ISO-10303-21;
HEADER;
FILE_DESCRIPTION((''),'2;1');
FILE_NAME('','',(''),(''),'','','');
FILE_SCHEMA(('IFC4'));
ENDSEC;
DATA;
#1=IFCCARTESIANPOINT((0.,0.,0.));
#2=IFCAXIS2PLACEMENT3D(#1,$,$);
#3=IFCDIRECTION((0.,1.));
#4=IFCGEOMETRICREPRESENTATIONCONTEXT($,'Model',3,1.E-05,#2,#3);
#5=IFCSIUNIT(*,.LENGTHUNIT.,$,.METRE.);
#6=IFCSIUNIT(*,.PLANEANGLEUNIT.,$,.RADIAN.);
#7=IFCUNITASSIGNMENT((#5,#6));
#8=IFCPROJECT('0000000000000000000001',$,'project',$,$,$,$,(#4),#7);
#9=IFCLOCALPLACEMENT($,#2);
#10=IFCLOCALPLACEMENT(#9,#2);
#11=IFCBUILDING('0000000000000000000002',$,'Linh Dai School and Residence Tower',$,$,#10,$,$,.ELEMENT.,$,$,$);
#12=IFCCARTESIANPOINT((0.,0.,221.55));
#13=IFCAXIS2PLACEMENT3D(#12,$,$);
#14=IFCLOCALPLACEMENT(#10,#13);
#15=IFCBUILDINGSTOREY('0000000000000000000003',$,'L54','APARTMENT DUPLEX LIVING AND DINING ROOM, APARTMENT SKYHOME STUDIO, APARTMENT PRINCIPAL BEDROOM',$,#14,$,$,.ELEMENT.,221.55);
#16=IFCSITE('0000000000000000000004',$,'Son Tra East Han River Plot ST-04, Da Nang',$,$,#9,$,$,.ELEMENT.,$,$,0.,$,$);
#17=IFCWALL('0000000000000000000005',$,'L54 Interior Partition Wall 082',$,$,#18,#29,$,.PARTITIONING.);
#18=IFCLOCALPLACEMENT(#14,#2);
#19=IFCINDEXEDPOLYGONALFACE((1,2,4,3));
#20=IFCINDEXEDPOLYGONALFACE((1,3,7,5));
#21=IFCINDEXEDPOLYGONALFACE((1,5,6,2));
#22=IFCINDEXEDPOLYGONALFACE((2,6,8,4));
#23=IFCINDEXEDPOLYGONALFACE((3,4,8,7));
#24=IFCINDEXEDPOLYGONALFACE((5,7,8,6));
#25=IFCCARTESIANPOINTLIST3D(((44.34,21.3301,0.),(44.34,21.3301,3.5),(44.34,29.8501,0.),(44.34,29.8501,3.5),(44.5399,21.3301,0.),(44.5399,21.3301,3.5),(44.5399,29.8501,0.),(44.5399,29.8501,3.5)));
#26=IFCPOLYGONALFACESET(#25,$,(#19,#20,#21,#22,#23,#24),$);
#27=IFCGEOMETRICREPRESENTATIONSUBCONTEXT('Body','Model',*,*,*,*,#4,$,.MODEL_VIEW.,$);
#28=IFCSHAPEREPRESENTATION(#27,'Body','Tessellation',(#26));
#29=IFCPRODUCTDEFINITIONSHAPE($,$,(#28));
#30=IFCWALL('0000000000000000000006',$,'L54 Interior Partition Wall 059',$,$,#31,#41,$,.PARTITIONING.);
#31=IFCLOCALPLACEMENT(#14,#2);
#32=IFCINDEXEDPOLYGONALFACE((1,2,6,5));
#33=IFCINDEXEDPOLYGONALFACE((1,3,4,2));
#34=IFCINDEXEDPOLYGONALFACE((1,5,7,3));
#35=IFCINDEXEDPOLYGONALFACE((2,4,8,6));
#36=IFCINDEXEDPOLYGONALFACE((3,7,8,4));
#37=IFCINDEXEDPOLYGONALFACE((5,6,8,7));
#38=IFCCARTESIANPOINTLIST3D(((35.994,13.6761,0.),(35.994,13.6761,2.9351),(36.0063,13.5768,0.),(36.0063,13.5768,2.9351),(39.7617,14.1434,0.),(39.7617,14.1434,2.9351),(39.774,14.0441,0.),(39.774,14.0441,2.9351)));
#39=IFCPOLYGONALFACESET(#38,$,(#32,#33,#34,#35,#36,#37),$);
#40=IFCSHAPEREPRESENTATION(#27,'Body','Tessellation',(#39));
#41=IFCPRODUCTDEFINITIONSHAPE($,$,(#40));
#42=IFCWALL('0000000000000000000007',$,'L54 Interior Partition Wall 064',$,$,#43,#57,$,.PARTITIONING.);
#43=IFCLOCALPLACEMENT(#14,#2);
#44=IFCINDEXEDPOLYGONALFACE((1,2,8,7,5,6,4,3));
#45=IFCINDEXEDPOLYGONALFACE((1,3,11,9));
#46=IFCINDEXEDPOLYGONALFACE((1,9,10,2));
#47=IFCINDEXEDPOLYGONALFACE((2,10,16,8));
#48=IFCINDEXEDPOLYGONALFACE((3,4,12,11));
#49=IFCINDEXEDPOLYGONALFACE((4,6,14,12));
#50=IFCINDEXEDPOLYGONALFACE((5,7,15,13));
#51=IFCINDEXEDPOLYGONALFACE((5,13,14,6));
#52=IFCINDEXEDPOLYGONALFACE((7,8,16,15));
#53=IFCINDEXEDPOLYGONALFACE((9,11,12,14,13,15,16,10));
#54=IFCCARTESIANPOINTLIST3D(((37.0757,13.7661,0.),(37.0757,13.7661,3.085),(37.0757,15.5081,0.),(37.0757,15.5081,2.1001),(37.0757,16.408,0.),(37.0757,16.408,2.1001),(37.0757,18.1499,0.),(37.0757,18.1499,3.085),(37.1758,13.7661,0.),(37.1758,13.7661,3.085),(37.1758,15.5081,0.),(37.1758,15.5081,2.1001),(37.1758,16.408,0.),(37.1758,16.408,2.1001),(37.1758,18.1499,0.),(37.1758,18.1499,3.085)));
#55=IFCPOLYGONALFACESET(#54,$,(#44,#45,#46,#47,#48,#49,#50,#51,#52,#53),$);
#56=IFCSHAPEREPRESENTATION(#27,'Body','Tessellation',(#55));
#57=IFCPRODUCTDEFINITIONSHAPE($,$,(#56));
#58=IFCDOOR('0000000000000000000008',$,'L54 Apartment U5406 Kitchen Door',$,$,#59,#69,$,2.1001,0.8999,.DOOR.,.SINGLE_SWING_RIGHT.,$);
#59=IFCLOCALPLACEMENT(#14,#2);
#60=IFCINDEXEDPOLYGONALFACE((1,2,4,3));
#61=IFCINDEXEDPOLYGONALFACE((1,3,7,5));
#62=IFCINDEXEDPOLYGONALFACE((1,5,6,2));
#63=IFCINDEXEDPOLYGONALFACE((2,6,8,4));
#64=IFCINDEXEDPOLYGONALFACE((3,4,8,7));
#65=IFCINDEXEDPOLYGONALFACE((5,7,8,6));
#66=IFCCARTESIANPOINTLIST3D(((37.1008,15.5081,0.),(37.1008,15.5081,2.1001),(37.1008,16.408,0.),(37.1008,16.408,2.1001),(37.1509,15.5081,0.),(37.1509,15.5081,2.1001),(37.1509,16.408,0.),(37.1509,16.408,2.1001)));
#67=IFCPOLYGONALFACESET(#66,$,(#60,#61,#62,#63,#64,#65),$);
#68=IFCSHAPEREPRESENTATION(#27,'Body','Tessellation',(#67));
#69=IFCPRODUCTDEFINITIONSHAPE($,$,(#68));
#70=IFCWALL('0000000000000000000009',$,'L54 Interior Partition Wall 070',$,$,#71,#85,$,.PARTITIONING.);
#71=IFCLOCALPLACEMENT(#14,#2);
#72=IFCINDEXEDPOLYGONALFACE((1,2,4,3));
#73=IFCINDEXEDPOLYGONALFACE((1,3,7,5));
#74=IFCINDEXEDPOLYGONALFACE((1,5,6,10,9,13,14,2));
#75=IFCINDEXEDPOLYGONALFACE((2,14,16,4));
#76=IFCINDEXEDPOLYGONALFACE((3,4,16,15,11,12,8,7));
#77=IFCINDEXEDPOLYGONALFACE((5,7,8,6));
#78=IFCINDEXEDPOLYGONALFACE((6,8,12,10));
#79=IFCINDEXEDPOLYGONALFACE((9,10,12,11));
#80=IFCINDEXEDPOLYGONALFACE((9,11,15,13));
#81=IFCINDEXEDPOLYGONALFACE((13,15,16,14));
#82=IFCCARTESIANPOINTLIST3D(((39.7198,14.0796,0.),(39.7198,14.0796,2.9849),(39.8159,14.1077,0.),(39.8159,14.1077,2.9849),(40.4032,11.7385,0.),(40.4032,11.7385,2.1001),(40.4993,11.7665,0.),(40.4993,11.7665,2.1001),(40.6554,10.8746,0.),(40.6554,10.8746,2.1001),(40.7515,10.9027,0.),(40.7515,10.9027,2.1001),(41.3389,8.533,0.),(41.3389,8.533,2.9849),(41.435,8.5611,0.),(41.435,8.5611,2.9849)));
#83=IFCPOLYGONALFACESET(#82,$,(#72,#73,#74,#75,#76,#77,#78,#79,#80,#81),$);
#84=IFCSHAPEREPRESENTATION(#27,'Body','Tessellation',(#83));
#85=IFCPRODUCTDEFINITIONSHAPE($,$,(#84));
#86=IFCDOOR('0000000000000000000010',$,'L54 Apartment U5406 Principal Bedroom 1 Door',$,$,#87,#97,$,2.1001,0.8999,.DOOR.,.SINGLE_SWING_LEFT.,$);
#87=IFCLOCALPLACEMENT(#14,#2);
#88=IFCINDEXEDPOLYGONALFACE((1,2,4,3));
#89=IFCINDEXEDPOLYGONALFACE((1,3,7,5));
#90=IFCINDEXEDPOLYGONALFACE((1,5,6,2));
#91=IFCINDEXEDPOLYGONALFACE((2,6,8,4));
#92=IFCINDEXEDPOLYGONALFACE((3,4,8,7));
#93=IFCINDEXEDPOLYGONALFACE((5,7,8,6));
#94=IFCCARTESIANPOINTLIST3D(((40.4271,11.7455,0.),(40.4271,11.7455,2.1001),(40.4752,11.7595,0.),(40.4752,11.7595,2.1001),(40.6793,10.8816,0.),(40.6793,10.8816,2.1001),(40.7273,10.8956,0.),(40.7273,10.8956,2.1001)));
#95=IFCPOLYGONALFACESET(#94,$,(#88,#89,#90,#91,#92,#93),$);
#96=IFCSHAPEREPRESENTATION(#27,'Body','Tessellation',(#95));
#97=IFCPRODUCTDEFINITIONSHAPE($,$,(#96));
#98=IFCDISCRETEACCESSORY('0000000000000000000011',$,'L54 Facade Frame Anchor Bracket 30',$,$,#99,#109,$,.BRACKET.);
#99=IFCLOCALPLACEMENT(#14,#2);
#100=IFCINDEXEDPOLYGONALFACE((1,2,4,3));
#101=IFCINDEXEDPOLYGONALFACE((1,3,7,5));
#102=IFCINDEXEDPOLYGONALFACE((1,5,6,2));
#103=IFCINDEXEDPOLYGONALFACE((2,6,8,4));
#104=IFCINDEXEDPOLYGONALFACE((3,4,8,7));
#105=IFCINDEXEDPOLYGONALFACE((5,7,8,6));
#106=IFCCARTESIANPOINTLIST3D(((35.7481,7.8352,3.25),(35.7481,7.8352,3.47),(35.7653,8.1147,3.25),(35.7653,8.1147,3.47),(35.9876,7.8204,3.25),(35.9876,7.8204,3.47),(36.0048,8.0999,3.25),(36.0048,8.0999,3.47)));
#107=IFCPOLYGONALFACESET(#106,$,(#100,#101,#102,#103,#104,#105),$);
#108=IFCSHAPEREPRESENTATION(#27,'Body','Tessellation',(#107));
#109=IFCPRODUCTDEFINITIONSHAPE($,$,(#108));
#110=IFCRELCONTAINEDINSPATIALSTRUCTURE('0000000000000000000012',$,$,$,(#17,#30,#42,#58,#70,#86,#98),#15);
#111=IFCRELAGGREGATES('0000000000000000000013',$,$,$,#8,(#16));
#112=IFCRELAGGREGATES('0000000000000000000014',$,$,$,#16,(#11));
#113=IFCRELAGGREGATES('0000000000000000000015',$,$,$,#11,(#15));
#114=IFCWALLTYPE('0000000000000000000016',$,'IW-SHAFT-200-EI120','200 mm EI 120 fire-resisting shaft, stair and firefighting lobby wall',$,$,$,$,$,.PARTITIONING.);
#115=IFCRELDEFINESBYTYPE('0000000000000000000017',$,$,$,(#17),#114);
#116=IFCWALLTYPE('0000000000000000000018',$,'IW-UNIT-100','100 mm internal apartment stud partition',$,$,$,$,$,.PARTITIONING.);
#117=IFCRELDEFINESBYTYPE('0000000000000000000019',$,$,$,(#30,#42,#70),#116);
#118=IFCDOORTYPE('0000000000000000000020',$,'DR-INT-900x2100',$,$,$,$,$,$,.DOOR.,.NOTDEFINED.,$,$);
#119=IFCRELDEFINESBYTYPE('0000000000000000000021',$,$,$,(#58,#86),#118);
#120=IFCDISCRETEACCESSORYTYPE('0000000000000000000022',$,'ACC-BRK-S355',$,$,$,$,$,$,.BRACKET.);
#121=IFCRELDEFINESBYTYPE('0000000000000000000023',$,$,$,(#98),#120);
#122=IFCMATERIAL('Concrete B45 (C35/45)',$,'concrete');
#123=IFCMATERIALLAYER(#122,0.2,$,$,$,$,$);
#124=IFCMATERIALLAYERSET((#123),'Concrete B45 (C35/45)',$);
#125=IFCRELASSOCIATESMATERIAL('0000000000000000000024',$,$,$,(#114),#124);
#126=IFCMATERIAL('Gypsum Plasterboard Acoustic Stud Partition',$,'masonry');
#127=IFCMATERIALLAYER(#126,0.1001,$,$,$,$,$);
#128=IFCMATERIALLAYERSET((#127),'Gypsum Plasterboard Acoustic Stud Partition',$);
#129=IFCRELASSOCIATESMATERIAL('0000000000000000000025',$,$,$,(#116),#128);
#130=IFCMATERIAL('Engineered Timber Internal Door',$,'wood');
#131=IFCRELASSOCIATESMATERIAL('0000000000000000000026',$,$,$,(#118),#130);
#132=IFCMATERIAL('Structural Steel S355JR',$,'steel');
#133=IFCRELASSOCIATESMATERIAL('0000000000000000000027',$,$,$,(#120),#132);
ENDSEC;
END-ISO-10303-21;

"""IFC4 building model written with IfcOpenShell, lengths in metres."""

from ifc_helpers import new_model, si_unit, direction, frame, frame_2d, origin, origin_2d, place, context, subcontext, project, spatial, rectangle, extrude, source, transform, mapped, material, layer, layer_set, type_object, element, fill, save


model = new_model("IFC4")

# Units and contexts
model_context = context("Model", 3, precision=1e-05, world=origin(), true_north=direction((0.0, 1.0)))
body_context = subcontext(model_context, "Body", "Model", "MODEL_VIEW")
ifc_project = project(units=[si_unit("LENGTHUNIT", "METRE"), si_unit("PLANEANGLEUNIT", "RADIAN")], contexts=[model_context])

# Site, building, storey
site_placement = place(None, origin())
site = spatial("IfcSite", under=ifc_project, at=site_placement, Name="Son Tra East Han River Plot ST-04, Da Nang", CompositionType="ELEMENT", RefElevation=0.0)
building_placement = place(site_placement, origin())
building = spatial("IfcBuilding", under=site, at=building_placement, Name="Linh Dai School and Residence Tower", CompositionType="ELEMENT")
storey_placement = place(building_placement, frame((0.0, 0.0, 221.55)))
storey = spatial("IfcBuildingStorey", under=building, at=storey_placement, Name="L54", Description="APARTMENT DUPLEX LIVING AND DINING ROOM, APARTMENT SKYHOME STUDIO, APARTMENT PRINCIPAL BEDROOM", CompositionType="ELEMENT", Elevation=221.55)

# Shared definitions
ifc_material_1 = material(Name="Structural Steel S355JR", Category="steel")

# Walls
ifc_material_2 = material(Name="Concrete B45 (C35/45)", Category="concrete")
ifc_layer_1 = layer(ifc_material_2, 0.2)
ifc_layer_set_1 = layer_set([ifc_layer_1], Name="Concrete B45 (C35/45)")
wall_type_1 = type_object("IfcWallType", Name="IW-SHAFT-200-EI120", Description="200 mm EI 120 fire-resisting shaft, stair and firefighting lobby wall", PredefinedType="PARTITIONING", material=ifc_layer_set_1)
wall_1_placement = place(storey_placement, frame((44.4399, 21.3301, 0.0), z_axis=(0.0, 0.0, 1.0), x_axis=(0.0, 1.0, 0.0)))
element("IfcWall", 1, at=wall_1_placement, inside=storey, type_object=wall_type_1, Name="L54 Interior Partition Wall 082", PredefinedType="PARTITIONING", context=body_context, shape_type="SweptSolid", body=[
    extrude(rectangle(XDim=8.52, YDim=0.2, at=frame_2d((4.26, 0.0))), origin(), (0.0, 0.0, 1.0), 3.5),
])
ifc_material_3 = material(Name="Gypsum Plasterboard Acoustic Stud Partition", Category="masonry")
ifc_layer_2 = layer(ifc_material_3, 0.1001)
ifc_layer_set_2 = layer_set([ifc_layer_2], Name="Gypsum Plasterboard Acoustic Stud Partition")
wall_type_2 = type_object("IfcWallType", Name="IW-UNIT-100", Description="100 mm internal apartment stud partition", PredefinedType="PARTITIONING", material=ifc_layer_set_2)
wall_2_placement = place(storey_placement, frame((36.0, 13.6265, 0.0), z_axis=(0.0, 0.0, 1.0), x_axis=(0.992397, 0.123077, 0.0)))
element("IfcWall", 2, at=wall_2_placement, inside=storey, type_object=wall_type_2, Name="L54 Interior Partition Wall 059", PredefinedType="PARTITIONING", context=body_context, shape_type="SweptSolid", body=[
    extrude(rectangle(XDim=3.7966, YDim=0.1001, at=frame_2d((1.8984, 0.0))), origin(), (0.0, 0.0, 1.0), 2.9351),
])

# Walls, openings, doors
wall_3_placement = place(storey_placement, frame((37.1257, 13.7661, 0.0), z_axis=(0.0, 0.0, 1.0), x_axis=(0.0, 1.0, 0.0)))
wall_3 = element("IfcWall", 3, at=wall_3_placement, inside=storey, type_object=wall_type_2, Name="L54 Interior Partition Wall 064", PredefinedType="PARTITIONING", context=body_context, shape_type="SweptSolid", body=[
    extrude(rectangle(XDim=4.3838, YDim=0.1001, at=frame_2d((2.1919, 0.0))), origin(), (0.0, 0.0, 1.0), 3.085),
])
opening_1_placement = place(wall_3_placement, frame((1.7419, 0.0, 0.0)))
opening_1 = element("IfcOpeningElement", 4, at=opening_1_placement, cuts=wall_3, PredefinedType="OPENING", context=body_context, shape_type="SweptSolid", body=[
    extrude(rectangle(XDim=0.8999, YDim=2.1001, at=origin_2d()), frame((0.45, 0.0601, 1.05), z_axis=(0.0, -1.0, 0.0), x_axis=(1.0, 0.0, 0.0)), (0.0, 0.0, 1.0), 0.1201),
])
ifc_material_4 = material(Name="Engineered Timber Internal Door", Category="wood")
door_type = type_object("IfcDoorType", Name="DR-INT-900x2100", OperationType="NOTDEFINED", PredefinedType="DOOR", material=ifc_material_4)
shared_shape_1 = source(origin(), body_context, "Body", "SweptSolid", [
    extrude(rectangle(XDim=0.8999, YDim=2.1001, at=origin_2d()), frame((0.45, 0.0249, 1.05), z_axis=(0.0, -1.0, 0.0), x_axis=(1.0, 0.0, 0.0)), (0.0, 0.0, 1.0), 0.05),
])
door_1_placement = place(opening_1_placement, origin())
door_1 = element("IfcDoor", 5, at=door_1_placement, inside=storey, type_object=door_type, Name="L54 Apartment U5406 Kitchen Door", OperationType="SINGLE_SWING_RIGHT", OverallHeight=2.1001, OverallWidth=0.8999, PredefinedType="DOOR", context=body_context, shape_type="MappedRepresentation", body=[
    mapped(shared_shape_1, transform((0.0, 0.0, 0.0), x_axis=(1.0, 0.0, 0.0), y_axis=(0.0, 1.0, 0.0), z_axis=(0.0, 0.0, 1.0), scale=1.0)),
])
fill(opening_1, door_1)
wall_4_placement = place(storey_placement, frame((39.7678, 14.0938, 0.0), z_axis=(0.0, 0.0, 1.0), x_axis=(0.280219, -0.959936, 0.0)))
wall_4 = element("IfcWall", 6, at=wall_4_placement, inside=storey, type_object=wall_type_2, Name="L54 Interior Partition Wall 070", PredefinedType="PARTITIONING", context=body_context, shape_type="SweptSolid", body=[
    extrude(rectangle(XDim=5.7781, YDim=0.1001, at=frame_2d((2.8892, 0.0))), origin(), (0.0, 0.0, 1.0), 2.9849),
])
opening_2_placement = place(wall_4_placement, frame((2.439, 0.0, 0.0)))
opening_2 = element("IfcOpeningElement", 7, at=opening_2_placement, cuts=wall_4, PredefinedType="OPENING", context=body_context, shape_type="SweptSolid", body=[
    extrude(rectangle(XDim=0.8999, YDim=2.1001, at=origin_2d()), frame((0.45, 0.0601, 1.05), z_axis=(0.0, -1.0, 0.0), x_axis=(1.0, 0.0, 0.0)), (0.0, 0.0, 1.0), 0.1201),
])
door_2_placement = place(opening_2_placement, origin())
door_2 = element("IfcDoor", 8, at=door_2_placement, inside=storey, type_object=door_type, Name="L54 Apartment U5406 Principal Bedroom 1 Door", OperationType="SINGLE_SWING_LEFT", OverallHeight=2.1001, OverallWidth=0.8999, PredefinedType="DOOR", context=body_context, shape_type="MappedRepresentation", body=[
    mapped(shared_shape_1, transform((0.0, 0.0, 0.0), x_axis=(1.0, 0.0, 0.0), y_axis=(0.0, 1.0, 0.0), z_axis=(0.0, 0.0, 1.0), scale=1.0)),
])
fill(opening_2, door_2)

# Discrete accessory
discrete_accessory_type = type_object("IfcDiscreteAccessoryType", Name="ACC-BRK-S355", PredefinedType="BRACKET", material=ifc_material_1)
shared_shape_2 = source(origin(), body_context, "Body", "SweptSolid", [
    extrude(rectangle(XDim=0.28, YDim=0.24, at=origin_2d()), origin(), (0.0, 0.0, 1.0), 0.22),
])
discrete_accessory_placement = place(storey_placement, frame((35.8765, 7.9675, 3.25), z_axis=(0.0, 0.0, 1.0), x_axis=(-0.061504, -0.998107, 0.0)))
element("IfcDiscreteAccessory", 9, at=discrete_accessory_placement, inside=storey, type_object=discrete_accessory_type, Name="L54 Facade Frame Anchor Bracket 30", PredefinedType="BRACKET", context=body_context, shape_type="MappedRepresentation", body=[
    mapped(shared_shape_2, transform((0.0, 0.0, 0.0), x_axis=(1.0, 0.0, 0.0), y_axis=(0.0, 1.0, 0.0), z_axis=(0.0, 0.0, 1.0), scale=1.0)),
])

save(model, "model.ifc")
